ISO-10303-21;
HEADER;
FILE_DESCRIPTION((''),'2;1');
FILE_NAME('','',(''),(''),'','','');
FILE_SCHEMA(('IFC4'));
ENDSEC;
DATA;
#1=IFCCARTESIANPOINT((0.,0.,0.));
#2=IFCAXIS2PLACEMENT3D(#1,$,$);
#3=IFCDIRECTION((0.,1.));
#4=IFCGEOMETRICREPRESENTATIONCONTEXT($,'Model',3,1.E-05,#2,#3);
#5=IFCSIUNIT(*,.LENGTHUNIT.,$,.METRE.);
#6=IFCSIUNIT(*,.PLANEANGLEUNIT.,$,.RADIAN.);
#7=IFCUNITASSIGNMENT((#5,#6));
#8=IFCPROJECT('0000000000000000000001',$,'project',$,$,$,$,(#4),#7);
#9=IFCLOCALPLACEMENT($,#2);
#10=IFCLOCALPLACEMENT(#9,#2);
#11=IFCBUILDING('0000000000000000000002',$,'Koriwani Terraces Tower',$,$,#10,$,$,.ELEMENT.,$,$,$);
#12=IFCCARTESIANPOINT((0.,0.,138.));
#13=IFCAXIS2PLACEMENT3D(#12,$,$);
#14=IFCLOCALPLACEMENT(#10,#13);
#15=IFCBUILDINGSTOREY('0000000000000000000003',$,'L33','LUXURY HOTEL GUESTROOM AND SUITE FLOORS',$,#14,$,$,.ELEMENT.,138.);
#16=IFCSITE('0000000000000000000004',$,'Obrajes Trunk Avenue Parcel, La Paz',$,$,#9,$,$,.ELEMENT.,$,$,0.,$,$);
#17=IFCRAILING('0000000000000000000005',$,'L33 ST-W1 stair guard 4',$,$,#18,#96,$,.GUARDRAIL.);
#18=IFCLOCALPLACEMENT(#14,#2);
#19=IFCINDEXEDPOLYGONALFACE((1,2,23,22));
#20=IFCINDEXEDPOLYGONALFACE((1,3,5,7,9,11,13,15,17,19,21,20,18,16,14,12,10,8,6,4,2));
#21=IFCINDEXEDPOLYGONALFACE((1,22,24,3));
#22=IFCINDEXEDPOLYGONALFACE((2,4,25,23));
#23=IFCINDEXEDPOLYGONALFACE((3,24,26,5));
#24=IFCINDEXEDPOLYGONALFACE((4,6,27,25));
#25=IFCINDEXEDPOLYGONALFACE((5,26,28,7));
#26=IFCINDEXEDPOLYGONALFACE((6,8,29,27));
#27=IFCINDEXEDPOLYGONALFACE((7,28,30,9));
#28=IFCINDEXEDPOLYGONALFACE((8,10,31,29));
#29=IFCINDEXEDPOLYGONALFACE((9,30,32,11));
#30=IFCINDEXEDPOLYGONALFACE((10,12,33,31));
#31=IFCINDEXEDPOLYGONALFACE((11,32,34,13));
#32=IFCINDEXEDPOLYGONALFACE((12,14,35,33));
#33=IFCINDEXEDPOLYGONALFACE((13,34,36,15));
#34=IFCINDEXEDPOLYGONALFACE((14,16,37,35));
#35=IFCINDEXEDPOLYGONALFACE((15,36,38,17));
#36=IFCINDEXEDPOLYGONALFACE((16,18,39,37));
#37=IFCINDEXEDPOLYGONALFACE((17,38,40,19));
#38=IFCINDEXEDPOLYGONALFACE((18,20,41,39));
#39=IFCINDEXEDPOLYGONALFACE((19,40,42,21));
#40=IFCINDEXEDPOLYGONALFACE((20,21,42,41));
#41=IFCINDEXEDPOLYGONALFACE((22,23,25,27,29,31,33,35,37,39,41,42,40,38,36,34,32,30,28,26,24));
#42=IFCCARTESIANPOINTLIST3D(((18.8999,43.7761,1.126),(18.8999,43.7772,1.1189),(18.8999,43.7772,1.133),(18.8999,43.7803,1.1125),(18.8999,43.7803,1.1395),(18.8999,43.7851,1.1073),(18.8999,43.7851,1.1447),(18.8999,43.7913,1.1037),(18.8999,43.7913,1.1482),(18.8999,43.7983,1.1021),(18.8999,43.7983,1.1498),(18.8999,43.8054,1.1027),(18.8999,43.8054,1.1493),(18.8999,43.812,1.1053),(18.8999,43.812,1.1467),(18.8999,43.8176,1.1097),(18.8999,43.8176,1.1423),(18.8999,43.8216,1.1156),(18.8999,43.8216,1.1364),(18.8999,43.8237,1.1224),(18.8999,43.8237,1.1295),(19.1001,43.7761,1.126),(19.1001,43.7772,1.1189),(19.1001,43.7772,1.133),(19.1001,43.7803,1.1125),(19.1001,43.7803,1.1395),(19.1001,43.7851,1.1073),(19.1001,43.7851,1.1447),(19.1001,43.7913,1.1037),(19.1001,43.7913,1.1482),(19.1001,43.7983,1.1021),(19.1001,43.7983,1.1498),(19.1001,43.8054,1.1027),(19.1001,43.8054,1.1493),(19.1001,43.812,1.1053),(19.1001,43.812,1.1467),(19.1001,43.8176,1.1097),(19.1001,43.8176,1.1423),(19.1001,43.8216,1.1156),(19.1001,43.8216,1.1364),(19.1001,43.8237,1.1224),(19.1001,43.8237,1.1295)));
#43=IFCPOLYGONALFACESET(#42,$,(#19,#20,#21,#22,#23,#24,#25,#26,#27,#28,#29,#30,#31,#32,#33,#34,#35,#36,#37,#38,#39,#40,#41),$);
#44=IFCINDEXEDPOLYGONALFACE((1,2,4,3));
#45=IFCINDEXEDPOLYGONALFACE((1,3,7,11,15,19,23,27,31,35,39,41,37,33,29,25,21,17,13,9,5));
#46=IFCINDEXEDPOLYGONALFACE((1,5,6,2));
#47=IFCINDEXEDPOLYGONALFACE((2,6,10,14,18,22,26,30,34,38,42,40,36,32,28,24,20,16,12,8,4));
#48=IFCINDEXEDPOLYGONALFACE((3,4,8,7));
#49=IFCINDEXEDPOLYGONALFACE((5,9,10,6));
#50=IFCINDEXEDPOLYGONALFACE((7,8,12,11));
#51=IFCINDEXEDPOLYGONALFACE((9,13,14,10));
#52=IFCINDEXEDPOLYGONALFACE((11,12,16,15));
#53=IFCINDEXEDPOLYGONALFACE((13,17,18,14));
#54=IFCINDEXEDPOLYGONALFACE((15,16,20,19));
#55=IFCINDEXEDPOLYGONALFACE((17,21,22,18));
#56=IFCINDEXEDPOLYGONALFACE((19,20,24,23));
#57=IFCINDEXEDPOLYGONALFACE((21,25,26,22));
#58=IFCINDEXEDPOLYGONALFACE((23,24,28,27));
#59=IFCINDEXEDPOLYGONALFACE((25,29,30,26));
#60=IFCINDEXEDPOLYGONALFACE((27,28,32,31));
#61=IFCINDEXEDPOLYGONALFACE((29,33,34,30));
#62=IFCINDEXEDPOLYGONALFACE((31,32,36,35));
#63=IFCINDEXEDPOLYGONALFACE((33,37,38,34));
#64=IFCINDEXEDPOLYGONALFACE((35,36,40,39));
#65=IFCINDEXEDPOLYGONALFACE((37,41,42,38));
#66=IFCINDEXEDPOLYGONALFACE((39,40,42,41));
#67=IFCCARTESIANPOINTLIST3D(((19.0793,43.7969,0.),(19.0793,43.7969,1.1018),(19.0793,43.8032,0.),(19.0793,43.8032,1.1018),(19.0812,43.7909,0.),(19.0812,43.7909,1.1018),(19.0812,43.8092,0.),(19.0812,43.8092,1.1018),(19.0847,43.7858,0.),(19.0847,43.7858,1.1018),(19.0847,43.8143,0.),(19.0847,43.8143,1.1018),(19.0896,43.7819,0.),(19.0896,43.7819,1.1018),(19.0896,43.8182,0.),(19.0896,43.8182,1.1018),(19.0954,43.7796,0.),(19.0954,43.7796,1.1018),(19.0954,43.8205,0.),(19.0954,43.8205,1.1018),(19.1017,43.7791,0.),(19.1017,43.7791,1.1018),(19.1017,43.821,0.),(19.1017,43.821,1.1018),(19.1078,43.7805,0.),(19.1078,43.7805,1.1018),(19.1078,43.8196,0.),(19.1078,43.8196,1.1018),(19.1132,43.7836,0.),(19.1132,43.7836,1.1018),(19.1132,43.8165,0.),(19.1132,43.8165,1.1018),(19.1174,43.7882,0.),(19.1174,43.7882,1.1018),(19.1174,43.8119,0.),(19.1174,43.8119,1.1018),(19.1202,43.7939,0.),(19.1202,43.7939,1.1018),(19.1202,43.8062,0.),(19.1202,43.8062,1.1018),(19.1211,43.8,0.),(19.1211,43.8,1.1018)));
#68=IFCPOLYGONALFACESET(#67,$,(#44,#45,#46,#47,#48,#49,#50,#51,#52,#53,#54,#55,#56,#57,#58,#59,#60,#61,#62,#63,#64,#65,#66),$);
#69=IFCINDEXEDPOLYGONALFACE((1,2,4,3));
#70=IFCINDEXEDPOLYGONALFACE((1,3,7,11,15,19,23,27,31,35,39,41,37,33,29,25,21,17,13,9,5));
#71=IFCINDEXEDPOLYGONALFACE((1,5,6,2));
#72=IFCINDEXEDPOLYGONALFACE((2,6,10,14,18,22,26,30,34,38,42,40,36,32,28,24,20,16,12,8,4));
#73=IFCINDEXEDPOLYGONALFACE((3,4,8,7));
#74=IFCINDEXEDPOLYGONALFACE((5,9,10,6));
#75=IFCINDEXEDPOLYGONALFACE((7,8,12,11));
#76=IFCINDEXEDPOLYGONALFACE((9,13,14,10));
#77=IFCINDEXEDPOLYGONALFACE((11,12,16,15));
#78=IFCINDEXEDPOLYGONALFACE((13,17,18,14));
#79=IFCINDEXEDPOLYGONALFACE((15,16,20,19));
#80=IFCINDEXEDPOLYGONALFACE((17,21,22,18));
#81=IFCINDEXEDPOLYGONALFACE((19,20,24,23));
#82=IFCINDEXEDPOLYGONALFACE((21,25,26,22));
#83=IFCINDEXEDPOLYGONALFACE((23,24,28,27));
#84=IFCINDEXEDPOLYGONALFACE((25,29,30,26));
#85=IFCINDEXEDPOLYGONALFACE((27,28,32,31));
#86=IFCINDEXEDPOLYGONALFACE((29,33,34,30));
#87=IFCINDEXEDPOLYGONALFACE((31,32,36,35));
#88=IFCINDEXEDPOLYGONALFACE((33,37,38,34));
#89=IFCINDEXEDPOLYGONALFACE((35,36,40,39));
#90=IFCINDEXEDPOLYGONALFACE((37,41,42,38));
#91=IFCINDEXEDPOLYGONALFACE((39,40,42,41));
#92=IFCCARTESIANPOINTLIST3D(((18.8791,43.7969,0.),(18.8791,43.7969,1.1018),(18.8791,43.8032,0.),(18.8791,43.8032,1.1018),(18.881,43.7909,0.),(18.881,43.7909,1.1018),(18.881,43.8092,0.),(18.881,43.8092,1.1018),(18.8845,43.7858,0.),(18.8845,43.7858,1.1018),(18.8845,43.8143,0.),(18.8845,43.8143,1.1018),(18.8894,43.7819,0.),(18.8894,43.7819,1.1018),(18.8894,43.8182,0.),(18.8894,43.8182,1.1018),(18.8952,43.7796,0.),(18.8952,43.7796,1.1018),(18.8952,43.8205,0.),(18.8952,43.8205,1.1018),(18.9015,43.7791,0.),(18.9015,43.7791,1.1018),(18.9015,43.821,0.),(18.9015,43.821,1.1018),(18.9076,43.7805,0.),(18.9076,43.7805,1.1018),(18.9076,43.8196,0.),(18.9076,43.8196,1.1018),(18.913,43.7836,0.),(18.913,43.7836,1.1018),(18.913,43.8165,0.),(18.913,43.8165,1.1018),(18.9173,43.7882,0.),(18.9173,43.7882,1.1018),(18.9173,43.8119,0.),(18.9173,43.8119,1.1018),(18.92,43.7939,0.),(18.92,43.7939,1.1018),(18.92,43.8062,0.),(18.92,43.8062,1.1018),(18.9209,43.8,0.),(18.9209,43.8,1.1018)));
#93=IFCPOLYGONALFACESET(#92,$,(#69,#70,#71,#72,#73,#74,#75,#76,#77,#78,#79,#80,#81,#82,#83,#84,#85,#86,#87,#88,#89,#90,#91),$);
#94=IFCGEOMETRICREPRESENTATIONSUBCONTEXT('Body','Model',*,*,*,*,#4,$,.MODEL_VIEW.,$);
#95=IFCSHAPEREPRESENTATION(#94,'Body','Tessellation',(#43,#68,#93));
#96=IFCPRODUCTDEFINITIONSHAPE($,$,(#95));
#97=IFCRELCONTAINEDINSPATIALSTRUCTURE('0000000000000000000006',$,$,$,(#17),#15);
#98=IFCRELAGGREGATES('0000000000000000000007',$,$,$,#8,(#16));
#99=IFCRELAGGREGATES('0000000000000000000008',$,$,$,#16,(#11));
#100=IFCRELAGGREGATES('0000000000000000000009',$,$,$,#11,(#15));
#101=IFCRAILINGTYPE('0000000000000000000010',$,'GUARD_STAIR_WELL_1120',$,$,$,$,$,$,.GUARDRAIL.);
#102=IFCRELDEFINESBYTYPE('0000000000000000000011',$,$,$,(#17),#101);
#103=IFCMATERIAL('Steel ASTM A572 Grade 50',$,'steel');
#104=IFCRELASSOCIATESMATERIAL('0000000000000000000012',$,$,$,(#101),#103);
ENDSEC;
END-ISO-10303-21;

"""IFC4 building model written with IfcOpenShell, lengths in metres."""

from ifc_helpers import new_model, si_unit, direction, frame, origin, origin_2d, place, context, subcontext, project, spatial, circle, extrude, material, type_object, element, save


model = new_model("IFC4")

# Units and contexts
model_context = context("Model", 3, precision=1e-05, world=origin(), true_north=direction((0.0, 1.0)))
body_context = subcontext(model_context, "Body", "Model", "MODEL_VIEW")
ifc_project = project(units=[si_unit("LENGTHUNIT", "METRE"), si_unit("PLANEANGLEUNIT", "RADIAN")], contexts=[model_context])

# Site, building, storey
site_placement = place(None, origin())
site = spatial("IfcSite", under=ifc_project, at=site_placement, Name="Obrajes Trunk Avenue Parcel, La Paz", CompositionType="ELEMENT", RefElevation=0.0)
building_placement = place(site_placement, origin())
building = spatial("IfcBuilding", under=site, at=building_placement, Name="Koriwani Terraces Tower", CompositionType="ELEMENT")
storey_placement = place(building_placement, frame((0.0, 0.0, 138.0)))
storey = spatial("IfcBuildingStorey", under=building, at=storey_placement, Name="L33", Description="LUXURY HOTEL GUESTROOM AND SUITE FLOORS", CompositionType="ELEMENT", Elevation=138.0)

# Shared definitions
ifc_material_1 = material(Name="Steel ASTM A572 Grade 50", Category="steel")

# Railing
railing_type_1 = type_object("IfcRailingType", Name="GUARD_STAIR_WELL_1120", PredefinedType="GUARDRAIL", material=ifc_material_1)
railing_1_placement = place(storey_placement, frame((19.1001, 43.8, 0.0)))
element("IfcRailing", 1, at=railing_1_placement, inside=storey, type_object=railing_type_1, Name="L33 ST-W1 stair guard 4", PredefinedType="GUARDRAIL", context=body_context, shape_type="SweptSolid", body=[
    extrude(circle(Radius=0.0239, at=origin_2d()), frame((0.0, 0.0, 1.126), z_axis=(-1.0, 0.0, 0.0), x_axis=(0.0, -1.0, 0.0)), (0.0, 0.0, 1.0), 0.2002),
    extrude(circle(Radius=0.021, at=origin_2d()), origin(), (0.0, 0.0, 1.0), 1.1018),
    extrude(circle(Radius=0.021, at=origin_2d()), frame((-0.2002, 0.0, 0.0)), (0.0, 0.0, 1.0), 1.1018),
])

save(model, "model.ifc")
